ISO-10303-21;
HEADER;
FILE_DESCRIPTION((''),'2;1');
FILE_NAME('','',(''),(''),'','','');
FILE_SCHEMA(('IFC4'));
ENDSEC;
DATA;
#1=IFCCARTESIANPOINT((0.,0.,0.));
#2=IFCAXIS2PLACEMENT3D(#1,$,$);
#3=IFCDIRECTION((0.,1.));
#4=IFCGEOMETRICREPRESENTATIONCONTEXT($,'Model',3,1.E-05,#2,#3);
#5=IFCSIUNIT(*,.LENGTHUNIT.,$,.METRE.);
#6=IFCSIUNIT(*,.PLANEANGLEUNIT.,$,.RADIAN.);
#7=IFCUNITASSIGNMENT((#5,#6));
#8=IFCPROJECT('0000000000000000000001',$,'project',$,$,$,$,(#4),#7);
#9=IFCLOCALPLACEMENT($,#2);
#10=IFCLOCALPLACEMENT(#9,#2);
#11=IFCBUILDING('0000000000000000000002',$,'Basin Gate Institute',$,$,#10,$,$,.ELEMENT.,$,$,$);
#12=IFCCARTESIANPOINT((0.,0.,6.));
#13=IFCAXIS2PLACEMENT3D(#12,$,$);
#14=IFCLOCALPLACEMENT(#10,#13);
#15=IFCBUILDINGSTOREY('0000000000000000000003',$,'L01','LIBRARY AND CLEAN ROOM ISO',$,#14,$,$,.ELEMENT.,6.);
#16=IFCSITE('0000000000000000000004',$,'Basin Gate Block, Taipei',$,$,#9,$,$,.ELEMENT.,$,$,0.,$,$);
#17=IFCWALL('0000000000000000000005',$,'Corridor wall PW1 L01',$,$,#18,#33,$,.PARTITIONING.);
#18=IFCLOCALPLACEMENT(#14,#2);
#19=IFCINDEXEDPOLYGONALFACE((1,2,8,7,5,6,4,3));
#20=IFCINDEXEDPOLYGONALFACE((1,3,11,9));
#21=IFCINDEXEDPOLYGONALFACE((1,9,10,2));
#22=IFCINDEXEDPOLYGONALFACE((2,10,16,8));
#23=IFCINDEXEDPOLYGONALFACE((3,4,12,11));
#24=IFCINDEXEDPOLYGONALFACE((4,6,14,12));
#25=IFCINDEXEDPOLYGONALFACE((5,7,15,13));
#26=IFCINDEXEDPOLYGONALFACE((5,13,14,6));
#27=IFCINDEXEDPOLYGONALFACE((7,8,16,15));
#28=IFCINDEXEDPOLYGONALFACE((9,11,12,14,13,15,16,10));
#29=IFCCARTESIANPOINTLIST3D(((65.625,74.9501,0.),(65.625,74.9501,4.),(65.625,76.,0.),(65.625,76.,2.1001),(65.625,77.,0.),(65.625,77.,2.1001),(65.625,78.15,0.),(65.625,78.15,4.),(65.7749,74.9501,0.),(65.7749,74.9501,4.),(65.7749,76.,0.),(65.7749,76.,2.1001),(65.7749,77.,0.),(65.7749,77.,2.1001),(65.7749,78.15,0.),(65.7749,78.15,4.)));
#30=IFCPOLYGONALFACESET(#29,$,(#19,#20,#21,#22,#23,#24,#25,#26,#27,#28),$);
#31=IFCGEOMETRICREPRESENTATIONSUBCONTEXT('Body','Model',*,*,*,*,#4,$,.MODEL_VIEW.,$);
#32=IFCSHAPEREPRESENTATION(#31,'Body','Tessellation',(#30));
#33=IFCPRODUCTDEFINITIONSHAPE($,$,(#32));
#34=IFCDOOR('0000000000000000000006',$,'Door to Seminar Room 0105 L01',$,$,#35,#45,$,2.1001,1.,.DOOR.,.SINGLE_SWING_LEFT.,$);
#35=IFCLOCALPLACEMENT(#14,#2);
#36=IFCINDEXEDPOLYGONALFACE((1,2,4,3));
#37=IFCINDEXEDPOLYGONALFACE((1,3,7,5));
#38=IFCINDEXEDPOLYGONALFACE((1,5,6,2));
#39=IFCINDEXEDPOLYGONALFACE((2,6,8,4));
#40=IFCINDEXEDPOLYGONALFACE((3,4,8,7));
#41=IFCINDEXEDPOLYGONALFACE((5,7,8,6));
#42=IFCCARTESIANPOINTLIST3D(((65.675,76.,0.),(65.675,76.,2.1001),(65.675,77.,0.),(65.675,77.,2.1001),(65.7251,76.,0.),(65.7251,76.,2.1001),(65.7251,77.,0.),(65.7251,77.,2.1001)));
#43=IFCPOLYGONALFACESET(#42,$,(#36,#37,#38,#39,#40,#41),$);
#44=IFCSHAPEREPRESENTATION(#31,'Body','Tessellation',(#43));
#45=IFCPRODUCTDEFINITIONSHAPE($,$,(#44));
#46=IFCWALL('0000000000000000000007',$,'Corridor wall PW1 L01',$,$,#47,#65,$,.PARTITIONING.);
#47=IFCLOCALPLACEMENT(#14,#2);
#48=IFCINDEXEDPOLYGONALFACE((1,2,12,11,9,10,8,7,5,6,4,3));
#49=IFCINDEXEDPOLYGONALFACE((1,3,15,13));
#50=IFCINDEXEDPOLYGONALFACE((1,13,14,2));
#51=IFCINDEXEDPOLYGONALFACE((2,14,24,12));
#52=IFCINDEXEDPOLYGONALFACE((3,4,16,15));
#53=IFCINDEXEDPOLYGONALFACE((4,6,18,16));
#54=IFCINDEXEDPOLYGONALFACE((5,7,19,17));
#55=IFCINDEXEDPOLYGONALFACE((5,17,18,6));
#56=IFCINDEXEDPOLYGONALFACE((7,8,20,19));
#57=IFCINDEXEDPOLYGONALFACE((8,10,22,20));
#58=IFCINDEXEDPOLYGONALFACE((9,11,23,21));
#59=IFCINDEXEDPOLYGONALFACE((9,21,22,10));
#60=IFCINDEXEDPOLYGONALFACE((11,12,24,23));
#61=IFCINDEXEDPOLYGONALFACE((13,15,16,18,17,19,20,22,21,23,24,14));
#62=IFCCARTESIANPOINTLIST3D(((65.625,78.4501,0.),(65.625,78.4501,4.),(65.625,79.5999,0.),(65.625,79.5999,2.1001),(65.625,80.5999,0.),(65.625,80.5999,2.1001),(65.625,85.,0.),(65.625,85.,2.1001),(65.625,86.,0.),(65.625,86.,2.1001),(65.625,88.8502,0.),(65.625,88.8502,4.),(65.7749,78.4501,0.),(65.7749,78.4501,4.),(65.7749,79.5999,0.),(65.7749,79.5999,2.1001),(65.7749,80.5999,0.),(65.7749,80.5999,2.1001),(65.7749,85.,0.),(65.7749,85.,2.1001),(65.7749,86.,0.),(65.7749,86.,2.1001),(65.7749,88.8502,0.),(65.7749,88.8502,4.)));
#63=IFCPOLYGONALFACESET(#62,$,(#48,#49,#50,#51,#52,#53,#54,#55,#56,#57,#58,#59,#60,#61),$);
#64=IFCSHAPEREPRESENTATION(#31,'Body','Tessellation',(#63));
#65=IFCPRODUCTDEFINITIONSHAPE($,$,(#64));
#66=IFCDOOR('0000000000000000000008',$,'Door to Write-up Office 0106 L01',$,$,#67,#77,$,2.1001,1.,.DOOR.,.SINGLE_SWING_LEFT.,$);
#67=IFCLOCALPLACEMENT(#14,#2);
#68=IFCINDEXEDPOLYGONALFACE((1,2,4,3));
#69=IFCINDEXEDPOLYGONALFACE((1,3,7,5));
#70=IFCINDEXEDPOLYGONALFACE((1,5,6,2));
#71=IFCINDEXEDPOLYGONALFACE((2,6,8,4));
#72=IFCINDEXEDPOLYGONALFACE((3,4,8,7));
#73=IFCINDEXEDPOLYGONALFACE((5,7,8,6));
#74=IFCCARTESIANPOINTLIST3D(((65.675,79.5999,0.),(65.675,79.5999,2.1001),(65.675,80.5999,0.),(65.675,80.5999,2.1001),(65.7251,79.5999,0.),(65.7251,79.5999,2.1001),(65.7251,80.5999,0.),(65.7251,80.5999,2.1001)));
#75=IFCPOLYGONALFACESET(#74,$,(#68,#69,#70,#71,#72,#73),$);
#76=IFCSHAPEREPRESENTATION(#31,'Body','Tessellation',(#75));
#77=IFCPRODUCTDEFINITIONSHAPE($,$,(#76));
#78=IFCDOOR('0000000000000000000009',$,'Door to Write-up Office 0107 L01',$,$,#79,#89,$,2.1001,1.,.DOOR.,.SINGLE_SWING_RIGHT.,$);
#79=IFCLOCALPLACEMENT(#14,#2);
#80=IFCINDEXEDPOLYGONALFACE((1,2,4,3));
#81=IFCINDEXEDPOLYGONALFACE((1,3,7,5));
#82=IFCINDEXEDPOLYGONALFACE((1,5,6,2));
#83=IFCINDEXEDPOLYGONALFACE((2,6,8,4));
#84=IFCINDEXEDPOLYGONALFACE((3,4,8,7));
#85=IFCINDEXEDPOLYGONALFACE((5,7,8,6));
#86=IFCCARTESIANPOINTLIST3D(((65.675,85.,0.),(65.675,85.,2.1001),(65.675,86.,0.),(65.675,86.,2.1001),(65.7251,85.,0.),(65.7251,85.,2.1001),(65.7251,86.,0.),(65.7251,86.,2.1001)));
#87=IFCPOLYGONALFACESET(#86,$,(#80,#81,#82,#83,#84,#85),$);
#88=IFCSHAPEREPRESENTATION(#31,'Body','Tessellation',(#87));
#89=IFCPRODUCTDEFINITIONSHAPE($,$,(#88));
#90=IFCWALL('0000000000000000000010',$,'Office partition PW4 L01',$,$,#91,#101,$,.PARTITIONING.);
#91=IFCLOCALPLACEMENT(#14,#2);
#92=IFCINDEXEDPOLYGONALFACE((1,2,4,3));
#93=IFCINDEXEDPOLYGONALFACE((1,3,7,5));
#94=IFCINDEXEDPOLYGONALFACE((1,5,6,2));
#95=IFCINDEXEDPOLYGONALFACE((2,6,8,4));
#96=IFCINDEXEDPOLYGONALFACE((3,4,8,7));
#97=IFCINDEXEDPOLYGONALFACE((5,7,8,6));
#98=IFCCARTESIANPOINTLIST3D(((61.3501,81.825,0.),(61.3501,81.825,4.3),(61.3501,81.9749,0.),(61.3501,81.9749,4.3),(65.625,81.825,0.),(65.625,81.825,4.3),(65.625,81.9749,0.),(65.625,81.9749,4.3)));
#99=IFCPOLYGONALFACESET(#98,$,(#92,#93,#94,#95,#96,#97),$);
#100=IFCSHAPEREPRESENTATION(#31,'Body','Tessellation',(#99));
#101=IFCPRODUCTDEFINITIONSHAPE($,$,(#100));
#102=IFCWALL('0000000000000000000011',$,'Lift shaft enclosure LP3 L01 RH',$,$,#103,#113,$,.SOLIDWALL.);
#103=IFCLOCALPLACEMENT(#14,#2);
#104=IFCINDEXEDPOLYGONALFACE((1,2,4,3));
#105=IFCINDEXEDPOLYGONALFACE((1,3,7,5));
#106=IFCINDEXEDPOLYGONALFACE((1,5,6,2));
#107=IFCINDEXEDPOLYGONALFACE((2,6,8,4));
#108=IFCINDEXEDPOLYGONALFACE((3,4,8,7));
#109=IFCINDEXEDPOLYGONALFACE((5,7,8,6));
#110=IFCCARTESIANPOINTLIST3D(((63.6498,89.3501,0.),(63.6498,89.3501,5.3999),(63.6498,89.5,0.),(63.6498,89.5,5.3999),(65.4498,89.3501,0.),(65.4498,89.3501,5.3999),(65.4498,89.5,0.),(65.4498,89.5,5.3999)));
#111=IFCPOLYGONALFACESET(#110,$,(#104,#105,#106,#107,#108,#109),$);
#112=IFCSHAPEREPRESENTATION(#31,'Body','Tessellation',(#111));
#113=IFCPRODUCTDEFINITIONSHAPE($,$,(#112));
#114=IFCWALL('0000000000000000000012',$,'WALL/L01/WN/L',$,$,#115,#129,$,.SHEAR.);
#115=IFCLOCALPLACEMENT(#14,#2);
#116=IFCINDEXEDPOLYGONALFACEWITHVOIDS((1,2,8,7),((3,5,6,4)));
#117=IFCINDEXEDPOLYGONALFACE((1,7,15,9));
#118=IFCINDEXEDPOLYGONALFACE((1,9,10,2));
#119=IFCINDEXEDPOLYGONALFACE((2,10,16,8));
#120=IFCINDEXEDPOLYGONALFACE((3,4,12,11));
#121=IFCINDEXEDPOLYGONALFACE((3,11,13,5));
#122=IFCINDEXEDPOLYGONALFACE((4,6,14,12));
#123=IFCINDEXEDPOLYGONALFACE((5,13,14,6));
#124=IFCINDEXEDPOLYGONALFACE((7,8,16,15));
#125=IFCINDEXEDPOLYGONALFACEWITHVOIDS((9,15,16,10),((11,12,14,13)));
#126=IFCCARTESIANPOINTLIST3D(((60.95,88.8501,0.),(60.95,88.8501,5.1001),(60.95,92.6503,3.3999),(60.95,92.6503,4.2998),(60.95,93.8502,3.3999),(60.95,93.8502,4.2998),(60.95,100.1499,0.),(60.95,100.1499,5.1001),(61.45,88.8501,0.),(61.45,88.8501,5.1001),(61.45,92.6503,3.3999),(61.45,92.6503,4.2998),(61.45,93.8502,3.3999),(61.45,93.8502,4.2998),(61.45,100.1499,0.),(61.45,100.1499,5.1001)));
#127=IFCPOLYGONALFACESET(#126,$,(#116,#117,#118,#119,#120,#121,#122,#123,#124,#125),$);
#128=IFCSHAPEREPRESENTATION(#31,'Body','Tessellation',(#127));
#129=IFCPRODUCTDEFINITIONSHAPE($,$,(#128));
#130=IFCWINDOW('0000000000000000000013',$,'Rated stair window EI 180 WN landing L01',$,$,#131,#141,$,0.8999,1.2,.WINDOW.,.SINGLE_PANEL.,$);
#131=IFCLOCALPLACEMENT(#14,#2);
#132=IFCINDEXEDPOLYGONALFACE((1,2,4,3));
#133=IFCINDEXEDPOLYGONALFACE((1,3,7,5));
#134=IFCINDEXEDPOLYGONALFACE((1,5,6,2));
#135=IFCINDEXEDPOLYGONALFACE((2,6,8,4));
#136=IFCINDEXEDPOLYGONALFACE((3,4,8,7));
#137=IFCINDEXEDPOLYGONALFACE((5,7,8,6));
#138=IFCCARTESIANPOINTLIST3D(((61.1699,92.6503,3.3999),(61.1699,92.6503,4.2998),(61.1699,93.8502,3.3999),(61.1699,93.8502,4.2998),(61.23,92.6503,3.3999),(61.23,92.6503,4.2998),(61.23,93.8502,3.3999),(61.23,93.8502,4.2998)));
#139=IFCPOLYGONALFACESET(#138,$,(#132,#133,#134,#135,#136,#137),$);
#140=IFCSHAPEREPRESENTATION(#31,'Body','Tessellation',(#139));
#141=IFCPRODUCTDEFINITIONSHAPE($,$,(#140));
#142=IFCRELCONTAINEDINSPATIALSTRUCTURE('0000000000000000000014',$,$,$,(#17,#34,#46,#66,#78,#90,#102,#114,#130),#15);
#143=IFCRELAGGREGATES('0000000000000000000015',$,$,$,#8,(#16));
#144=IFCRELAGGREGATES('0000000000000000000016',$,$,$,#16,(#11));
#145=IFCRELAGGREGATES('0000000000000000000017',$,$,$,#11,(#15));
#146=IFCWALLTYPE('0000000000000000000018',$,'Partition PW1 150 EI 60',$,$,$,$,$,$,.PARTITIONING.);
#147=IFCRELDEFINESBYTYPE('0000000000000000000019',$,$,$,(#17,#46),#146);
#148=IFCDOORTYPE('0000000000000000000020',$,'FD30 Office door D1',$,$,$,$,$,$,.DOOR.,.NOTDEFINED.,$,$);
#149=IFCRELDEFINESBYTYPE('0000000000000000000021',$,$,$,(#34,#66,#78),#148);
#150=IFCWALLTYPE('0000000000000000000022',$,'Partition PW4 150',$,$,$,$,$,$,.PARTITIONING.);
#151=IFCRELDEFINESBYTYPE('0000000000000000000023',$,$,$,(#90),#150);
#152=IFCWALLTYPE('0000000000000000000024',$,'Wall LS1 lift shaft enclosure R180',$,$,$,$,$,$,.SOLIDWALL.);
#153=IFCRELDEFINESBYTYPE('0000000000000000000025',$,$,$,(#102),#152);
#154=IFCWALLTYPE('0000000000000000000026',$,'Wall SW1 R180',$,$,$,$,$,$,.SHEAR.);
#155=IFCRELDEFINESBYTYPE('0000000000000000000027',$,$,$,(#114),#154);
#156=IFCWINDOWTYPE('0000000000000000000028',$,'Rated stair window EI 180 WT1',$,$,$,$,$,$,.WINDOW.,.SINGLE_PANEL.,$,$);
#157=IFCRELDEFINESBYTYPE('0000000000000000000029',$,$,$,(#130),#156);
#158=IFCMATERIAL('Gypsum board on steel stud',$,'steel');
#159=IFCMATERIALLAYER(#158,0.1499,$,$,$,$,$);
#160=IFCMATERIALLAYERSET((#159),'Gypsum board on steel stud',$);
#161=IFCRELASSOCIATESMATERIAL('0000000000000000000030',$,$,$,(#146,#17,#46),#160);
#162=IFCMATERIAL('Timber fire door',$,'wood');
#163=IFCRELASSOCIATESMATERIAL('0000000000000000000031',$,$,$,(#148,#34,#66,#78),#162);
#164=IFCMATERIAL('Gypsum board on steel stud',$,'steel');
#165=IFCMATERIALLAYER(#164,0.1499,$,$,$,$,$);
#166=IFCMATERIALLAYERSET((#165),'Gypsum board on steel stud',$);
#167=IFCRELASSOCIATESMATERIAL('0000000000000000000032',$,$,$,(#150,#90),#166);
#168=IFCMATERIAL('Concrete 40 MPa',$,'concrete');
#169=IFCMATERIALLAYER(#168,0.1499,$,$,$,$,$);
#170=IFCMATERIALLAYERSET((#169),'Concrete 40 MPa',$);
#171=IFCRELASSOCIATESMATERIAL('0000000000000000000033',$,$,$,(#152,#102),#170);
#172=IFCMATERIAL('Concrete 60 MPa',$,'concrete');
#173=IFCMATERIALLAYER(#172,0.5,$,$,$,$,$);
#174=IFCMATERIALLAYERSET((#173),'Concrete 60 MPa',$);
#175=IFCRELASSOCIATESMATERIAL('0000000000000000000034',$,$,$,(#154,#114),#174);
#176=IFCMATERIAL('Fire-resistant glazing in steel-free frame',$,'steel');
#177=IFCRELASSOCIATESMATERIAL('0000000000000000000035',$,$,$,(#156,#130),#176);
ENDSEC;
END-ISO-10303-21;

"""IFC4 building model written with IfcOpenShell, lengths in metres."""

from ifc_helpers import new_model, si_unit, direction, frame, frame_2d, origin, place, context, subcontext, project, spatial, rectangle, extrude, material, layer, layer_set, type_object, element, fill, save


model = new_model("IFC4")

# Units and contexts
model_context = context("Model", 3, precision=1e-05, world=origin(), true_north=direction((0.0, 1.0)))
body_context = subcontext(model_context, "Body", "Model", "MODEL_VIEW")
ifc_project = project(units=[si_unit("LENGTHUNIT", "METRE"), si_unit("PLANEANGLEUNIT", "RADIAN")], contexts=[model_context])

# Site, building, storey
site_placement = place(None, origin())
site = spatial("IfcSite", under=ifc_project, at=site_placement, Name="Basin Gate Block, Taipei", CompositionType="ELEMENT", RefElevation=0.0)
building_placement = place(site_placement, origin())
building = spatial("IfcBuilding", under=site, at=building_placement, Name="Basin Gate Institute", CompositionType="ELEMENT")
storey_placement = place(building_placement, frame((0.0, 0.0, 6.0)))
storey = spatial("IfcBuildingStorey", under=building, at=storey_placement, Name="L01", Description="LIBRARY AND CLEAN ROOM ISO", CompositionType="ELEMENT", Elevation=6.0)

# Wall, opening, door
ifc_material_1 = material(Name="Gypsum board on steel stud", Category="steel")
ifc_layer_1 = layer(ifc_material_1, 0.1499)
ifc_layer_set_1 = layer_set([ifc_layer_1], Name="Gypsum board on steel stud")
wall_type_1 = type_object("IfcWallType", Name="Partition PW1 150 EI 60", PredefinedType="PARTITIONING", material=ifc_layer_set_1)
wall_1_placement = place(storey_placement, frame((65.7, 74.95, 0.0), z_axis=(0.0, 0.0, 1.0), x_axis=(0.0, 1.0, 0.0)))
wall_1 = element("IfcWall", 1, at=wall_1_placement, inside=storey, type_object=wall_type_1, material=ifc_layer_set_1, Name="Corridor wall PW1 L01", PredefinedType="PARTITIONING", context=body_context, shape_type="SweptSolid", body=[
    extrude(rectangle(XDim=3.2, YDim=0.1499, at=frame_2d((1.6001, 0.0))), origin(), (0.0, 0.0, 1.0), 4.0),
])
opening_1_placement = place(wall_1_placement, frame((1.05, 0.0, 0.0)))
opening_1 = element("IfcOpeningElement", 2, at=opening_1_placement, cuts=wall_1, PredefinedType="OPENING", context=body_context, shape_type="SweptSolid", body=[
    extrude(rectangle(XDim=1.0, YDim=2.1001, at=frame_2d((0.5, 1.05))), frame((0.0, 0.085, 0.0), z_axis=(0.0, -1.0, 0.0), x_axis=(1.0, 0.0, 0.0)), (0.0, 0.0, 1.0), 0.1699),
])
ifc_material_2 = material(Name="Timber fire door", Category="wood")
door_type_1 = type_object("IfcDoorType", Name="FD30 Office door D1", OperationType="NOTDEFINED", PredefinedType="DOOR", material=ifc_material_2)
door_1_placement = place(opening_1_placement, origin())
door_1 = element("IfcDoor", 3, at=door_1_placement, inside=storey, type_object=door_type_1, material=ifc_material_2, Name="Door to Seminar Room 0105 L01", OperationType="SINGLE_SWING_LEFT", OverallHeight=2.1001, OverallWidth=1.0, PredefinedType="DOOR", context=body_context, shape_type="SweptSolid", body=[
    extrude(rectangle(XDim=1.0, YDim=2.1001, at=frame_2d((0.5, 1.05))), frame((0.0, 0.0249, 0.0), z_axis=(0.0, -1.0, 0.0), x_axis=(1.0, 0.0, 0.0)), (0.0, 0.0, 1.0), 0.05),
])
fill(opening_1, door_1)

# Wall, openings, doors
wall_2_placement = place(storey_placement, frame((65.7, 78.45, 0.0), z_axis=(0.0, 0.0, 1.0), x_axis=(0.0, 1.0, 0.0)))
wall_2 = element("IfcWall", 4, at=wall_2_placement, inside=storey, type_object=wall_type_1, material=ifc_layer_set_1, Name="Corridor wall PW1 L01", PredefinedType="PARTITIONING", context=body_context, shape_type="SweptSolid", body=[
    extrude(rectangle(XDim=10.4001, YDim=0.1499, at=frame_2d((5.2002, 0.0))), origin(), (0.0, 0.0, 1.0), 4.0),
])
opening_2_placement = place(wall_2_placement, frame((1.1499, 0.0, 0.0)))
opening_2 = element("IfcOpeningElement", 5, at=opening_2_placement, cuts=wall_2, PredefinedType="OPENING", context=body_context, shape_type="SweptSolid", body=[
    extrude(rectangle(XDim=1.0, YDim=2.1001, at=frame_2d((0.5, 1.05))), frame((0.0, 0.085, 0.0), z_axis=(0.0, -1.0, 0.0), x_axis=(1.0, 0.0, 0.0)), (0.0, 0.0, 1.0), 0.1699),
])
opening_3_placement = place(wall_2_placement, frame((6.55, 0.0, 0.0)))
opening_3 = element("IfcOpeningElement", 6, at=opening_3_placement, cuts=wall_2, PredefinedType="OPENING", context=body_context, shape_type="SweptSolid", body=[
    extrude(rectangle(XDim=1.0, YDim=2.1001, at=frame_2d((0.5, 1.05))), frame((0.0, 0.085, 0.0), z_axis=(0.0, -1.0, 0.0), x_axis=(1.0, 0.0, 0.0)), (0.0, 0.0, 1.0), 0.1699),
])
door_2_placement = place(opening_2_placement, origin())
door_2 = element("IfcDoor", 7, at=door_2_placement, inside=storey, type_object=door_type_1, material=ifc_material_2, Name="Door to Write-up Office 0106 L01", OperationType="SINGLE_SWING_LEFT", OverallHeight=2.1001, OverallWidth=1.0, PredefinedType="DOOR", context=body_context, shape_type="SweptSolid", body=[
    extrude(rectangle(XDim=1.0, YDim=2.1001, at=frame_2d((0.5, 1.05))), frame((0.0, 0.0249, 0.0), z_axis=(0.0, -1.0, 0.0), x_axis=(1.0, 0.0, 0.0)), (0.0, 0.0, 1.0), 0.05),
])
fill(opening_2, door_2)
door_3_placement = place(opening_3_placement, origin())
door_3 = element("IfcDoor", 8, at=door_3_placement, inside=storey, type_object=door_type_1, material=ifc_material_2, Name="Door to Write-up Office 0107 L01", OperationType="SINGLE_SWING_RIGHT", OverallHeight=2.1001, OverallWidth=1.0, PredefinedType="DOOR", context=body_context, shape_type="SweptSolid", body=[
    extrude(rectangle(XDim=1.0, YDim=2.1001, at=frame_2d((0.5, 1.05))), frame((0.0, 0.0249, 0.0), z_axis=(0.0, -1.0, 0.0), x_axis=(1.0, 0.0, 0.0)), (0.0, 0.0, 1.0), 0.05),
])
fill(opening_3, door_3)

# Walls
ifc_material_3 = material(Name="Gypsum board on steel stud", Category="steel")
ifc_layer_2 = layer(ifc_material_3, 0.1499)
ifc_layer_set_2 = layer_set([ifc_layer_2], Name="Gypsum board on steel stud")
wall_type_2 = type_object("IfcWallType", Name="Partition PW4 150", PredefinedType="PARTITIONING", material=ifc_layer_set_2)
wall_3_placement = place(storey_placement, frame((61.3501, 81.8999, 0.0), z_axis=(0.0, 0.0, 1.0), x_axis=(1.0, 0.0, 0.0)))
element("IfcWall", 9, at=wall_3_placement, inside=storey, type_object=wall_type_2, material=ifc_layer_set_2, Name="Office partition PW4 L01", PredefinedType="PARTITIONING", context=body_context, shape_type="SweptSolid", body=[
    extrude(rectangle(XDim=4.2749, YDim=0.1499, at=frame_2d((2.1375, 0.0))), origin(), (0.0, 0.0, 1.0), 4.3),
])
ifc_material_4 = material(Name="Concrete 40 MPa", Category="concrete")
ifc_layer_3 = layer(ifc_material_4, 0.1499)
ifc_layer_set_3 = layer_set([ifc_layer_3], Name="Concrete 40 MPa")
wall_type_3 = type_object("IfcWallType", Name="Wall LS1 lift shaft enclosure R180", PredefinedType="SOLIDWALL", material=ifc_layer_set_3)
wall_4_placement = place(storey_placement, frame((63.6499, 89.425, 0.0), z_axis=(0.0, 0.0, 1.0), x_axis=(1.0, 0.0, 0.0)))
element("IfcWall", 10, at=wall_4_placement, inside=storey, type_object=wall_type_3, material=ifc_layer_set_3, Name="Lift shaft enclosure LP3 L01 RH", PredefinedType="SOLIDWALL", context=body_context, shape_type="SweptSolid", body=[
    extrude(rectangle(XDim=1.8, YDim=0.1499, at=frame_2d((0.8999, 0.0))), origin(), (0.0, 0.0, 1.0), 5.3999),
])

# Wall, opening, window
ifc_material_5 = material(Name="Concrete 60 MPa", Category="concrete")
ifc_layer_4 = layer(ifc_material_5, 0.5)
ifc_layer_set_4 = layer_set([ifc_layer_4], Name="Concrete 60 MPa")
wall_type_4 = type_object("IfcWallType", Name="Wall SW1 R180", PredefinedType="SHEAR", material=ifc_layer_set_4)
wall_5_placement = place(storey_placement, frame((61.2, 88.8501, 0.0), z_axis=(0.0, 0.0, 1.0), x_axis=(0.0, 1.0, 0.0)))
wall_5 = element("IfcWall", 11, at=wall_5_placement, inside=storey, type_object=wall_type_4, material=ifc_layer_set_4, Name="WALL/L01/WN/L", PredefinedType="SHEAR", context=body_context, shape_type="SweptSolid", body=[
    extrude(rectangle(XDim=11.2998, YDim=0.5, at=frame_2d((5.6499, 0.0))), origin(), (0.0, 0.0, 1.0), 5.1001),
])
opening_4_placement = place(wall_5_placement, frame((3.8, 0.0, 3.3999)))
opening_4 = element("IfcOpeningElement", 12, at=opening_4_placement, cuts=wall_5, PredefinedType="OPENING", context=body_context, shape_type="SweptSolid", body=[
    extrude(rectangle(XDim=1.2, YDim=0.8999, at=frame_2d((0.6001, 0.45))), frame((0.0, 0.26, 0.0), z_axis=(0.0, -1.0, 0.0), x_axis=(1.0, 0.0, 0.0)), (0.0, 0.0, 1.0), 0.52),
])
ifc_material_6 = material(Name="Fire-resistant glazing in steel-free frame", Category="steel")
window_type_1 = type_object("IfcWindowType", Name="Rated stair window EI 180 WT1", PartitioningType="SINGLE_PANEL", PredefinedType="WINDOW", material=ifc_material_6)
window_1_placement = place(opening_4_placement, origin())
window_1 = element("IfcWindow", 13, at=window_1_placement, inside=storey, type_object=window_type_1, material=ifc_material_6, Name="Rated stair window EI 180 WN landing L01", OverallHeight=0.8999, OverallWidth=1.2, PartitioningType="SINGLE_PANEL", PredefinedType="WINDOW", context=body_context, shape_type="SweptSolid", body=[
    extrude(rectangle(XDim=1.2, YDim=0.8999, at=frame_2d((0.6001, 0.45))), frame((0.0, 0.03, 0.0), z_axis=(0.0, -1.0, 0.0), x_axis=(1.0, 0.0, 0.0)), (0.0, 0.0, 1.0), 0.0601),
])
fill(opening_4, window_1)

save(model, "model.ifc")
